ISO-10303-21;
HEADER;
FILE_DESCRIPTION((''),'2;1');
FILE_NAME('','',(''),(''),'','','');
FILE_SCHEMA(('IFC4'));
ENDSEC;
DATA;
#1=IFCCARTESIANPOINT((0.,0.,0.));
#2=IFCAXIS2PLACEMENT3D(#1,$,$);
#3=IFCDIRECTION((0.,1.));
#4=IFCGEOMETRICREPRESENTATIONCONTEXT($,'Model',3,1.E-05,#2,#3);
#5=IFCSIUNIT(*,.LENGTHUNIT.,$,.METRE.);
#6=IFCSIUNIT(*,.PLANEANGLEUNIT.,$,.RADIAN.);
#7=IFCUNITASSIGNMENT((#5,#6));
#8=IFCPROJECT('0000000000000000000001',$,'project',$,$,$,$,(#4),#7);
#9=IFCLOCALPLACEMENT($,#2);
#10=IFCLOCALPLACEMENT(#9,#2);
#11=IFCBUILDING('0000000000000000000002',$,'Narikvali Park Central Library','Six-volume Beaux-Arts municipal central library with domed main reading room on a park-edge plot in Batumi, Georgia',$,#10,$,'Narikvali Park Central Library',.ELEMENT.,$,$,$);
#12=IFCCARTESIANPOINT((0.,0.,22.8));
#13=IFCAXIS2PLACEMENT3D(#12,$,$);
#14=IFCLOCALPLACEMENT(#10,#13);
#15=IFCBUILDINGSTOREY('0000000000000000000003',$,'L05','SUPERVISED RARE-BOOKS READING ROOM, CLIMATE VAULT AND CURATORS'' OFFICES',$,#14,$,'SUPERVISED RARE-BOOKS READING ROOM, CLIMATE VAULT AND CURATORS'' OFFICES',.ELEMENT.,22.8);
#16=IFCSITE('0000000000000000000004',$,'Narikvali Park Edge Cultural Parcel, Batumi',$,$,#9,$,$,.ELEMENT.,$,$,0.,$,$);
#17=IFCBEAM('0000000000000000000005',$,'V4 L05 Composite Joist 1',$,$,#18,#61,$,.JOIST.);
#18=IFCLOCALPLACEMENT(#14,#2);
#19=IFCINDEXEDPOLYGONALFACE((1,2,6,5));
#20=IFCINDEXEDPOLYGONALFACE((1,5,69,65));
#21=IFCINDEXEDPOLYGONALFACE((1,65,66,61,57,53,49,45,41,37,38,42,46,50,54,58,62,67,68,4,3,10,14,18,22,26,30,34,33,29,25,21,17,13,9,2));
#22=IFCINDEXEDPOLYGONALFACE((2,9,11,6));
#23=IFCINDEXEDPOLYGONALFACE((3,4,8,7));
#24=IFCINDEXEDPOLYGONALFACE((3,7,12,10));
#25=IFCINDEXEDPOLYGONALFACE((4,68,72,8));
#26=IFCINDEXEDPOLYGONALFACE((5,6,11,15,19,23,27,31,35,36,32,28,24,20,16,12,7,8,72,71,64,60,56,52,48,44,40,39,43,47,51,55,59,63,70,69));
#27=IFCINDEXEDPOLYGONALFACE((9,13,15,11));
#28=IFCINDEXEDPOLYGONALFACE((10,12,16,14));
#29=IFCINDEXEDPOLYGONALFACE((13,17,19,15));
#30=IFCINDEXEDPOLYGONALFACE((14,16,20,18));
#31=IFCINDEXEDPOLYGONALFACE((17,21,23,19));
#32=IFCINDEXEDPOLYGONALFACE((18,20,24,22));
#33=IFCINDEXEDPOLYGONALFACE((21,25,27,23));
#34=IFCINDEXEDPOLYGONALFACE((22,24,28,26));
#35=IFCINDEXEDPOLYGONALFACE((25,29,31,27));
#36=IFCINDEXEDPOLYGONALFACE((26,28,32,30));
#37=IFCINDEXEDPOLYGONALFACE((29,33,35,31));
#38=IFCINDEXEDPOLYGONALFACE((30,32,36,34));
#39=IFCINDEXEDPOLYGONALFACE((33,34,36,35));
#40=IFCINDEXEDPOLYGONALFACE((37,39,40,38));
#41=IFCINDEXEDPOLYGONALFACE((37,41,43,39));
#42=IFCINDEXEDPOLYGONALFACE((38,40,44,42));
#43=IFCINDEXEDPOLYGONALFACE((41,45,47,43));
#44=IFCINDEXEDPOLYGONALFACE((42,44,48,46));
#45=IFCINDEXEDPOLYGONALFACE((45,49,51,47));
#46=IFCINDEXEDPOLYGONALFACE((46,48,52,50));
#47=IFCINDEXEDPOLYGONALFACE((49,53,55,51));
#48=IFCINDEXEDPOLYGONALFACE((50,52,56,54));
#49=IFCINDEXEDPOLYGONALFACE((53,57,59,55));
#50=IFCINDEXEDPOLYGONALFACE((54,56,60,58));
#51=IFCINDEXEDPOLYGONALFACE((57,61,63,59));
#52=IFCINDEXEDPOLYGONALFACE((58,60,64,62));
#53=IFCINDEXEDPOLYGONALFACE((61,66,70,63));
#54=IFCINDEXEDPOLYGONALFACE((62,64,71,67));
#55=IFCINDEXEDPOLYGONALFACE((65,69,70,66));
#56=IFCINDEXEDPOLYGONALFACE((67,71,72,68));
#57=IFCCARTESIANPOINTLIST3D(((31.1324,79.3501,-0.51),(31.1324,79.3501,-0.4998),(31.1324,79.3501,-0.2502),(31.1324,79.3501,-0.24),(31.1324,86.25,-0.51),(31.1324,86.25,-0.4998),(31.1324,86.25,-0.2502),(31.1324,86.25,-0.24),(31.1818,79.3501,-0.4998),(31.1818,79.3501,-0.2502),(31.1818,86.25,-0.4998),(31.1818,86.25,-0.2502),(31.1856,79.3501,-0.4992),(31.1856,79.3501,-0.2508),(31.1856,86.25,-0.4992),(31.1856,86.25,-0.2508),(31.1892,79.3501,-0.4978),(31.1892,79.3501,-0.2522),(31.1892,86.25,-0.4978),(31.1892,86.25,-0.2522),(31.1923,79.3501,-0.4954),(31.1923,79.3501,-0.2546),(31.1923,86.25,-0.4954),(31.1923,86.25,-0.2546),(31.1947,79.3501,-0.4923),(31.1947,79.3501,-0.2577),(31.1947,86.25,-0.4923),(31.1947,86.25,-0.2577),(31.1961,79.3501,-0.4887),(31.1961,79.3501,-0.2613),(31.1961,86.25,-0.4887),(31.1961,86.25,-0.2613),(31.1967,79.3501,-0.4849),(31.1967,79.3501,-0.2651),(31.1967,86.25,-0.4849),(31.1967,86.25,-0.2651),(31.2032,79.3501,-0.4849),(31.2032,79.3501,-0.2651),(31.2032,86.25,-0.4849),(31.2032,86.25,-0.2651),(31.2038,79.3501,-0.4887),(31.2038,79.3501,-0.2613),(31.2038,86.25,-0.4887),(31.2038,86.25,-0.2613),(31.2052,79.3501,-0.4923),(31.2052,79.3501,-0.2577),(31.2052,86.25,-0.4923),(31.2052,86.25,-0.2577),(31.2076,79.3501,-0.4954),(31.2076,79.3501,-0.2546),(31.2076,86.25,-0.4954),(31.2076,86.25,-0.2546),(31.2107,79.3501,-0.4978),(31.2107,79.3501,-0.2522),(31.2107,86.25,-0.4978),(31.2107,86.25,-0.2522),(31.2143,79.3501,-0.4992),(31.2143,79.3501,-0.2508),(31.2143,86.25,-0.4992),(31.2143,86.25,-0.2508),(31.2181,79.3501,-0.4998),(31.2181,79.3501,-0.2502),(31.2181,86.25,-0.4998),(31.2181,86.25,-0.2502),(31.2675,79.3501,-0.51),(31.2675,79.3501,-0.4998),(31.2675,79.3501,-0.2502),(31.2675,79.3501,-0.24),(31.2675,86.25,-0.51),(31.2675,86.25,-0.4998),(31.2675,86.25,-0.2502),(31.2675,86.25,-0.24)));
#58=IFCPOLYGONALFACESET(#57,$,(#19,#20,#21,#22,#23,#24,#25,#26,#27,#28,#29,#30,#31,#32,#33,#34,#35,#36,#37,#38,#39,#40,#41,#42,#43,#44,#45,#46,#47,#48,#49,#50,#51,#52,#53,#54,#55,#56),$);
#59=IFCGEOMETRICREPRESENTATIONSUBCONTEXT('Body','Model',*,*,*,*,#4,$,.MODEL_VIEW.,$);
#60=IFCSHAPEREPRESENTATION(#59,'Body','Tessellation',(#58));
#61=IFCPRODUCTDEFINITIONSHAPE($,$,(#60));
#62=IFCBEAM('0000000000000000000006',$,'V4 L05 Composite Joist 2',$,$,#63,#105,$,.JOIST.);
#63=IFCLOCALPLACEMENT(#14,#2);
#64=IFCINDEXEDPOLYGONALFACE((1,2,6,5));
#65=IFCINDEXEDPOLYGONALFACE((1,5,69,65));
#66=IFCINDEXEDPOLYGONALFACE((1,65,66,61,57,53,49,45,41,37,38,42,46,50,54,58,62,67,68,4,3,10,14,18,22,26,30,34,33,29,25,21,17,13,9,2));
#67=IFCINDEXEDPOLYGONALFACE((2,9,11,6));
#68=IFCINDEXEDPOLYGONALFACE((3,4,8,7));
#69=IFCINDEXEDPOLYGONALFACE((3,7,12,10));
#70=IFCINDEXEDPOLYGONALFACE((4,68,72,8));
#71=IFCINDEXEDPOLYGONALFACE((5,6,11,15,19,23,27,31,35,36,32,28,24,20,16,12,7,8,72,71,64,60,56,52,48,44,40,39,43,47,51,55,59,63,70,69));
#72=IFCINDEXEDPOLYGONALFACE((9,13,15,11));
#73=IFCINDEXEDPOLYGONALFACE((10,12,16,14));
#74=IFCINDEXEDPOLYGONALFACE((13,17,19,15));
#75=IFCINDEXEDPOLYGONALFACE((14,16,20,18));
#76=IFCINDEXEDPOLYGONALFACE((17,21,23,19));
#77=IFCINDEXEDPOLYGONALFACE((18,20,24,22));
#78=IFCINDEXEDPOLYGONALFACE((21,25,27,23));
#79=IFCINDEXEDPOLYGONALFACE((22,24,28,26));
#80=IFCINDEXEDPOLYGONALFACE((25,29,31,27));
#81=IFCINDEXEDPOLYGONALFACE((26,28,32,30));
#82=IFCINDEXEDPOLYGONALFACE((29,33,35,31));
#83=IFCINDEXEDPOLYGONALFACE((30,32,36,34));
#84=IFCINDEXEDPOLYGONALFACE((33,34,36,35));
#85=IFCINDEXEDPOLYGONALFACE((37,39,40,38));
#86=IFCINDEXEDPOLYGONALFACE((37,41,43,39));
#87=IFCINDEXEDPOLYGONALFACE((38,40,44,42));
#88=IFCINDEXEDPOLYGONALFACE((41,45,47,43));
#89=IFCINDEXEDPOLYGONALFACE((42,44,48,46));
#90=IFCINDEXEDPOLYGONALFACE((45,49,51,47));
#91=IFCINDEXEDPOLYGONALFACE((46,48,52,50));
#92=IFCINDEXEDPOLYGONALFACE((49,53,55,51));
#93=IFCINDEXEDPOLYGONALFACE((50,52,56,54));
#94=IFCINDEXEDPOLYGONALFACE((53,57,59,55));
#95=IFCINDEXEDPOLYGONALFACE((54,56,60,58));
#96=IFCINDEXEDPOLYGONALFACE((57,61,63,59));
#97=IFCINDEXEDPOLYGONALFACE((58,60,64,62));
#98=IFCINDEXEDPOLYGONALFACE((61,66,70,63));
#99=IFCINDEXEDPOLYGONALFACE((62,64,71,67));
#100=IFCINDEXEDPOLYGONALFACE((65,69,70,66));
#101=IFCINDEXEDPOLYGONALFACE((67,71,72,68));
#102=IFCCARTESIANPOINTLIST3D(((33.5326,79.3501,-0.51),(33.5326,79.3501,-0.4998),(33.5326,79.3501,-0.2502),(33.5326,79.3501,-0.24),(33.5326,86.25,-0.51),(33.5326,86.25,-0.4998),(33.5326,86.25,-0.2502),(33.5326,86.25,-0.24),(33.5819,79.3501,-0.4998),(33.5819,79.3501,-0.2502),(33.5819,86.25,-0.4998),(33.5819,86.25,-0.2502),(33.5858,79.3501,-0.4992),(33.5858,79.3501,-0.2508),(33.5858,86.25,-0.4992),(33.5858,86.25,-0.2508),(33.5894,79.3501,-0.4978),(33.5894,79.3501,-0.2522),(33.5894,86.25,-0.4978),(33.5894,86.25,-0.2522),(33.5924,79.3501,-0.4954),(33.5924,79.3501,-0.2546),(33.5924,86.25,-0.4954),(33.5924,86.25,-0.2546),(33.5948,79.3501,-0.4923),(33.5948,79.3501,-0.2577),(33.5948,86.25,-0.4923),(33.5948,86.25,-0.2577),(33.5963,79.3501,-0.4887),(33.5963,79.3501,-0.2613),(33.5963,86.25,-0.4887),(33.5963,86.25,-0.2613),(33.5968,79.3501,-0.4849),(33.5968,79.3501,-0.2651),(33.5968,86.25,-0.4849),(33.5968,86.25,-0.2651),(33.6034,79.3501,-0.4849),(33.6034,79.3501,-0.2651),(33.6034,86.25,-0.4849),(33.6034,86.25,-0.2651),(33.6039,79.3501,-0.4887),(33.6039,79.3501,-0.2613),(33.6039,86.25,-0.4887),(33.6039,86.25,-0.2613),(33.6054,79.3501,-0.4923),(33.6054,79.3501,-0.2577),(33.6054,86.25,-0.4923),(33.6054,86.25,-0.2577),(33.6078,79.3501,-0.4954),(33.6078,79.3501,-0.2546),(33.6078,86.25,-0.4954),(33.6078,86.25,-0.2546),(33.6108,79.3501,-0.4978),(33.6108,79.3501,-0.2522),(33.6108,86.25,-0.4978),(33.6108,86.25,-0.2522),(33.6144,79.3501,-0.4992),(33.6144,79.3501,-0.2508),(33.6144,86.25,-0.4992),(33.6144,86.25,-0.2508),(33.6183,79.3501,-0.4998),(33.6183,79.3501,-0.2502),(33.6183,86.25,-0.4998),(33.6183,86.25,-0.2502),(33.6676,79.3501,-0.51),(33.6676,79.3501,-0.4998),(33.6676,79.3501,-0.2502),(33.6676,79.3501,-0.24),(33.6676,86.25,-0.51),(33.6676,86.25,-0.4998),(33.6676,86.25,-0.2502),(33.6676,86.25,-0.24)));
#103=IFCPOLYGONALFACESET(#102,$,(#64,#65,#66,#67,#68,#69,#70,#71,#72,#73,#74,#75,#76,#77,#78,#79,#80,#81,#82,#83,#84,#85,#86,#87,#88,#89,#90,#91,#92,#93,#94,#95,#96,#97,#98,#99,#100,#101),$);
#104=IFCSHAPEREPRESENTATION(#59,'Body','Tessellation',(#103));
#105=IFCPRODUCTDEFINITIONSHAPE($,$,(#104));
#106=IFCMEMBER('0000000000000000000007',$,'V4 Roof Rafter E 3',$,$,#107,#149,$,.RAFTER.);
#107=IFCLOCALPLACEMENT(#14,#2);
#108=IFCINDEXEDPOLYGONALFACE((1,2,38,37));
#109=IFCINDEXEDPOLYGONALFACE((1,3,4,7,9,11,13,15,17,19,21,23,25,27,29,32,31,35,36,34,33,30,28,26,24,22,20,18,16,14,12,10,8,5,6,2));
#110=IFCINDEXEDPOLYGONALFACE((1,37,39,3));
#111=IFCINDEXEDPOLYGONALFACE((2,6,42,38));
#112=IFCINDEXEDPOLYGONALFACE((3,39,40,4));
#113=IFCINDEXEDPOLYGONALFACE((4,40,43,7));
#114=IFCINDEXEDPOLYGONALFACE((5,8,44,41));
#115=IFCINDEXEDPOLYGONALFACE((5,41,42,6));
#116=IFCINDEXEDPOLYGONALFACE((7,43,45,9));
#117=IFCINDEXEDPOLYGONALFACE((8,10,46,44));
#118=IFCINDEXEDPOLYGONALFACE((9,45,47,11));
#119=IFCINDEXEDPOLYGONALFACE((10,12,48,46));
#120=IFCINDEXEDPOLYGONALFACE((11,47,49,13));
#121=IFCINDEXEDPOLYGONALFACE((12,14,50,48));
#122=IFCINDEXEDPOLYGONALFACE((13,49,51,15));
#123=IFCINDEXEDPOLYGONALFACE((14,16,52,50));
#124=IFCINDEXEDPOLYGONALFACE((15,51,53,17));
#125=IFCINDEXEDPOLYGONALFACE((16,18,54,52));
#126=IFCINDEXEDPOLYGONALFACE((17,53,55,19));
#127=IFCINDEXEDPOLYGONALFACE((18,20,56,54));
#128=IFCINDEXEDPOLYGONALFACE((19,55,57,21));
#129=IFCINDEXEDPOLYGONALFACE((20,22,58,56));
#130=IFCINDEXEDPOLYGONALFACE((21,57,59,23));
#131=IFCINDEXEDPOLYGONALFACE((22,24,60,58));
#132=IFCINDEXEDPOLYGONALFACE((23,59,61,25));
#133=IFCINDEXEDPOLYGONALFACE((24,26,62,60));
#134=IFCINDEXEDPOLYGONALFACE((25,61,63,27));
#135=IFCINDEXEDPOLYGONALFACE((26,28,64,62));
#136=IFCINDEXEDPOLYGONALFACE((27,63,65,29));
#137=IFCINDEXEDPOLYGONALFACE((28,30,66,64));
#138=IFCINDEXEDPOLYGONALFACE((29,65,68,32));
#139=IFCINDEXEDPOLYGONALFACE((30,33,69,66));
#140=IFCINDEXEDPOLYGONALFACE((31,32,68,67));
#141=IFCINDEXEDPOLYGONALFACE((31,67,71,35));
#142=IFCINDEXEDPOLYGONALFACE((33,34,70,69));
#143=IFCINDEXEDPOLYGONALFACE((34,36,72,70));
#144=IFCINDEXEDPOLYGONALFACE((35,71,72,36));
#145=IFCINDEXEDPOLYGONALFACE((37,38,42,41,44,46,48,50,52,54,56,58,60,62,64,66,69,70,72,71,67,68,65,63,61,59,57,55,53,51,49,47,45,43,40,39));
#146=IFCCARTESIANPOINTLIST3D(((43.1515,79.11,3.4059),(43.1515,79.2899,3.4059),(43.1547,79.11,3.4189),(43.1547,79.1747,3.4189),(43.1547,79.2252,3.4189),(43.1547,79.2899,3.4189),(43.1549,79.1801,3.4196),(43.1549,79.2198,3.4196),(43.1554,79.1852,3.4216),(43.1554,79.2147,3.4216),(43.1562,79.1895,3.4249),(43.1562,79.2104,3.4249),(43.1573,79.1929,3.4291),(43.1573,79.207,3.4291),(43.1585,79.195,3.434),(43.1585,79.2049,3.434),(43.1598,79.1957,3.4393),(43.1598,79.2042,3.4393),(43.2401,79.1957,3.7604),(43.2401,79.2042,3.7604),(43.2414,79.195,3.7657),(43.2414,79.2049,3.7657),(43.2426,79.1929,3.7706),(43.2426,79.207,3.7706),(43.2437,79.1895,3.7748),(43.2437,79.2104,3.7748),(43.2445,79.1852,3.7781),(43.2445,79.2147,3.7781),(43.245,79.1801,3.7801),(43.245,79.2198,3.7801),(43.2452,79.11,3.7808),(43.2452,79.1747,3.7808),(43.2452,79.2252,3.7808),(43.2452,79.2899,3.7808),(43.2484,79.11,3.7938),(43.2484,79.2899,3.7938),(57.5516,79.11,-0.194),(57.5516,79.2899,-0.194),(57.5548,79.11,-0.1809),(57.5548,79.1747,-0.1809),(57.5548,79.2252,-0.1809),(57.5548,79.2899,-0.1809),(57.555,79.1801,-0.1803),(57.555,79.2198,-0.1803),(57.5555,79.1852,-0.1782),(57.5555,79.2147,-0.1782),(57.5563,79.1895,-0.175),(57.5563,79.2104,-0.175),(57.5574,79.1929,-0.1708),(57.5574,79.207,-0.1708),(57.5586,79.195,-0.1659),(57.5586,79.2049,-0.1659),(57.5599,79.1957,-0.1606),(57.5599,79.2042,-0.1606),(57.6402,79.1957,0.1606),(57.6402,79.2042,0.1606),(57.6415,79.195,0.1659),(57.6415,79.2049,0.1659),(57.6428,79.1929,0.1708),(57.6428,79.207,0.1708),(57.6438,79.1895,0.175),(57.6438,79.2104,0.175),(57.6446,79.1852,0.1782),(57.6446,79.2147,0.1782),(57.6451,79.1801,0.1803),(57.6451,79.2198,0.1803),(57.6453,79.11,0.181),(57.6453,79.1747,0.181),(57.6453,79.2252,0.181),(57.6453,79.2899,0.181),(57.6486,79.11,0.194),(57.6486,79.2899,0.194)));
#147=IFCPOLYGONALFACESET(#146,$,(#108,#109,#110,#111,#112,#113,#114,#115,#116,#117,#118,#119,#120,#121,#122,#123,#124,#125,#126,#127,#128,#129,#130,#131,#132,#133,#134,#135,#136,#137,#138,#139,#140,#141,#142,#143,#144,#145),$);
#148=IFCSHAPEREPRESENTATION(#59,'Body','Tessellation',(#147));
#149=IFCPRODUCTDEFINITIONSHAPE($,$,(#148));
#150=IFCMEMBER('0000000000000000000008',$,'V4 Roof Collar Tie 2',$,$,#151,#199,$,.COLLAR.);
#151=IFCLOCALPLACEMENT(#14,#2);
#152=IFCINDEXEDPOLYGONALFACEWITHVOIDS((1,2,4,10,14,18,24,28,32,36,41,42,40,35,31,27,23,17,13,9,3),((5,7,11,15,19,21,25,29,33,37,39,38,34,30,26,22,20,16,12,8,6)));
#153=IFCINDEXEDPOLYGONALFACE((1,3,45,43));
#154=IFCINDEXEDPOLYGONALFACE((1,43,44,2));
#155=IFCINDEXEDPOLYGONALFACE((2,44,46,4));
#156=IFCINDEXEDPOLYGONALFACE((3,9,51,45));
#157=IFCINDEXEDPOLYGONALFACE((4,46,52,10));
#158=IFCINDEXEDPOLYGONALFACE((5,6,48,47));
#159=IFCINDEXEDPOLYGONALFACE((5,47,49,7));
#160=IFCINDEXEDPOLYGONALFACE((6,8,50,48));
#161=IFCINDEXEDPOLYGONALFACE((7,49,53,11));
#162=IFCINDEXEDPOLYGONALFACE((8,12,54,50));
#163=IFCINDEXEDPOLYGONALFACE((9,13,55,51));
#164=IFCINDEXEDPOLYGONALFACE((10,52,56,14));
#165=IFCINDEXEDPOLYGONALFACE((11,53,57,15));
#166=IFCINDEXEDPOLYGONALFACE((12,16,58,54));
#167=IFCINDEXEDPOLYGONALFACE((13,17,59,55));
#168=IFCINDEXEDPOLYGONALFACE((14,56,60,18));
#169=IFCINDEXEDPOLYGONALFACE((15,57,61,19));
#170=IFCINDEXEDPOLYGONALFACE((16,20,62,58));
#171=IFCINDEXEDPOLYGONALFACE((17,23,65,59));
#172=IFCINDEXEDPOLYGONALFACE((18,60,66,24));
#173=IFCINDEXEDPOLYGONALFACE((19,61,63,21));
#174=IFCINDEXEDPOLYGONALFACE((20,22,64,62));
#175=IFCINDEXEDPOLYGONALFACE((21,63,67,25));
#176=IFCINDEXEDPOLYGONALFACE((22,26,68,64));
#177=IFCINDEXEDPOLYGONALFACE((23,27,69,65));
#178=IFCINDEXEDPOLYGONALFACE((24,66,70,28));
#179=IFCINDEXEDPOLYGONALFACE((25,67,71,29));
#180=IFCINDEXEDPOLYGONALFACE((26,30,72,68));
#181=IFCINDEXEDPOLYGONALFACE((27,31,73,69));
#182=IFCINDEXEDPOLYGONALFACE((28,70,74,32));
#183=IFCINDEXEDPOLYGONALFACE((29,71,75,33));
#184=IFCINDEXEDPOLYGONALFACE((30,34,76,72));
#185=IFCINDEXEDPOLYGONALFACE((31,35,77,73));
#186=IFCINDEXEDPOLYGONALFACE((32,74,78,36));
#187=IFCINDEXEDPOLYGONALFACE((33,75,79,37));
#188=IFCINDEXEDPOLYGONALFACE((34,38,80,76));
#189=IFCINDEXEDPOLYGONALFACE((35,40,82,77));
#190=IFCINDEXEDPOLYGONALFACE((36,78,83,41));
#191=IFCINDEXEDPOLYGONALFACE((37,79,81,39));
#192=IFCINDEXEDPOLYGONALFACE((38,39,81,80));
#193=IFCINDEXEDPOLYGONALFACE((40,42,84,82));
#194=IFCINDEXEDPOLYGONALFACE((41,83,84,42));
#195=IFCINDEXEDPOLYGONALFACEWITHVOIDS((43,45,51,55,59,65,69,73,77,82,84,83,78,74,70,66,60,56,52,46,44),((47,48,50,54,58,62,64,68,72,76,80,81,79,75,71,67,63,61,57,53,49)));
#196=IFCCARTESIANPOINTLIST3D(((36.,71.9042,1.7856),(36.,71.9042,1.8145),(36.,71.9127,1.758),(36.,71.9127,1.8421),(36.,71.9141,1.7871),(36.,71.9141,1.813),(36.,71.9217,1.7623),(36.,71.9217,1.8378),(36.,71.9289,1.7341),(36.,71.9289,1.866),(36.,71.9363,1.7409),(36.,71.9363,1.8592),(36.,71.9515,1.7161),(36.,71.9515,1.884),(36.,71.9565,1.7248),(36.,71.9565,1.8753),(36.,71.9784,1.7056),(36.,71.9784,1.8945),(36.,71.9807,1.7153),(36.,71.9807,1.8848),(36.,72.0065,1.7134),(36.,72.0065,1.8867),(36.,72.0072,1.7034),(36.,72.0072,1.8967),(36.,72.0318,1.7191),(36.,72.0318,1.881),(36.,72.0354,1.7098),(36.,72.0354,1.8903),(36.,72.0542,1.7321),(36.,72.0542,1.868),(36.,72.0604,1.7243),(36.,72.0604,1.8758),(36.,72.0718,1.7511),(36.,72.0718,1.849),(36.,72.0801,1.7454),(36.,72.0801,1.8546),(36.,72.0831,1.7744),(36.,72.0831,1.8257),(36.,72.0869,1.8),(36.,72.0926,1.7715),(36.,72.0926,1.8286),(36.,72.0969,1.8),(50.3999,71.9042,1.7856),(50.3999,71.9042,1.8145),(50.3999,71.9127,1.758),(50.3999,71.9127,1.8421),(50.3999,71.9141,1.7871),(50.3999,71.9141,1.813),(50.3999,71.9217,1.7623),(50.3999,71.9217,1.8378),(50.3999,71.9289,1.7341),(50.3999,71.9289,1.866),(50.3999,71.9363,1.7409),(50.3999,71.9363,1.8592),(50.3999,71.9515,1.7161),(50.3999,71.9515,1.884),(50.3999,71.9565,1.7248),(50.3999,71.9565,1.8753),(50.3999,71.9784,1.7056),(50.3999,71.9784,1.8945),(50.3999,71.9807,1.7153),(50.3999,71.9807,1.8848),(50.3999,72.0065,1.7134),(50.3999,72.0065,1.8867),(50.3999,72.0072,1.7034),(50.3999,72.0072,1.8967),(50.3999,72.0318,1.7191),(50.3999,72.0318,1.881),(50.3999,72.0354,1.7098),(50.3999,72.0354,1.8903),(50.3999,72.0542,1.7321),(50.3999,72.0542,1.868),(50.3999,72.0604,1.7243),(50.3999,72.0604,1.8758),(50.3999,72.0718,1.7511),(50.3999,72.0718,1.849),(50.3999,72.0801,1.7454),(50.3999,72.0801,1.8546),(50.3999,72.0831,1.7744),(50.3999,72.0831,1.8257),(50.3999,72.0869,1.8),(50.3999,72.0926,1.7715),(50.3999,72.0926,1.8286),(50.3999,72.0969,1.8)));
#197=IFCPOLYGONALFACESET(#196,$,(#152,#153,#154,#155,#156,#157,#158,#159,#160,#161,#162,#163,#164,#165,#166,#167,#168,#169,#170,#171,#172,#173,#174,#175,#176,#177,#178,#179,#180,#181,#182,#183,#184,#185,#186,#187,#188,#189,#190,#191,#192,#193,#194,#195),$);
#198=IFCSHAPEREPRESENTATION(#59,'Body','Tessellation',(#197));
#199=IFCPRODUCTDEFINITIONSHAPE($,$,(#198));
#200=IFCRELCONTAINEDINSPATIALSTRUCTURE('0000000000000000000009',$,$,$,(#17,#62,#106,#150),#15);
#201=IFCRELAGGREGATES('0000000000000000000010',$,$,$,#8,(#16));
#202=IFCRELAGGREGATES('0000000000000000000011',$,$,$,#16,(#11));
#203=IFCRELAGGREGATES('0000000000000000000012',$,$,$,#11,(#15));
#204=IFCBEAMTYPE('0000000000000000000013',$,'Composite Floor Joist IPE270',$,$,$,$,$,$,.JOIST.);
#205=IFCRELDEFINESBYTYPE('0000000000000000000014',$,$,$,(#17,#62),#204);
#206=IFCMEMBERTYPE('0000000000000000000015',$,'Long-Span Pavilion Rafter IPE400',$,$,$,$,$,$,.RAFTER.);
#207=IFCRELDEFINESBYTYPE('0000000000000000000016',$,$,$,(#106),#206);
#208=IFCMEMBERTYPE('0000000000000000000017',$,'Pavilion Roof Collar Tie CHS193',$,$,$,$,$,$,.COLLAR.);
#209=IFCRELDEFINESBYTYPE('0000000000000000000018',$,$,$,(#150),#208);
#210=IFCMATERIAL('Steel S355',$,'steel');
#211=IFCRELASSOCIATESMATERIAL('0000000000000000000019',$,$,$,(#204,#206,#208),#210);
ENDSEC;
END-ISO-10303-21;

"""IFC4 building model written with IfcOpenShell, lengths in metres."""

from ifc_helpers import new_model, si_unit, direction, frame, origin, origin_2d, place, context, subcontext, project, spatial, hollow_circle, i_section, extrude, material, material_profile, profile_set, type_object, element, save


model = new_model("IFC4")

# Units and contexts
model_context = context("Model", 3, precision=1e-05, world=origin(), true_north=direction((0.0, 1.0)))
body_context = subcontext(model_context, "Body", "Model", "MODEL_VIEW")
ifc_project = project(units=[si_unit("LENGTHUNIT", "METRE"), si_unit("PLANEANGLEUNIT", "RADIAN")], contexts=[model_context])

# Site, building, storey
site_placement = place(None, origin())
site = spatial("IfcSite", under=ifc_project, at=site_placement, Name="Narikvali Park Edge Cultural Parcel, Batumi", CompositionType="ELEMENT", RefElevation=0.0)
building_placement = place(site_placement, origin())
building = spatial("IfcBuilding", under=site, at=building_placement, Name="Narikvali Park Central Library", Description="Six-volume Beaux-Arts municipal central library with domed main reading room on a park-edge plot in Batumi, Georgia", LongName="Narikvali Park Central Library", CompositionType="ELEMENT")
storey_placement = place(building_placement, frame((0.0, 0.0, 22.8)))
storey = spatial("IfcBuildingStorey", under=building, at=storey_placement, Name="L05", Description="SUPERVISED RARE-BOOKS READING ROOM, CLIMATE VAULT AND CURATORS' OFFICES", LongName="SUPERVISED RARE-BOOKS READING ROOM, CLIMATE VAULT AND CURATORS' OFFICES", CompositionType="ELEMENT", Elevation=22.8)

# Shared definitions
ifc_material = material(Name="Steel S355", Category="steel")

# Beams
ifc_material_profile_1 = material_profile(ifc_material, i_section(OverallWidth=0.135, OverallDepth=0.27, WebThickness=0.0066, FlangeThickness=0.0103, FilletRadius=0.0149, at=origin_2d()), Name="IPE 270")
ifc_profile_set_1 = profile_set([ifc_material_profile_1], Name="Steel S355")
beam_type_1 = type_object("IfcBeamType", Name="Composite Floor Joist IPE270", PredefinedType="JOIST", material=ifc_profile_set_1)
for number, where, z_axis, x_axis, name in (
    (1, (31.2, 79.3501, -0.375), (0.0, 1.0, 0.0), (-1.0, 0.0, 0.0), "V4 L05 Composite Joist 1"),
    (2, (33.6001, 79.3501, -0.375), (0.0, 1.0, 0.0), (-1.0, 0.0, 0.0), "V4 L05 Composite Joist 2"),
):
    element("IfcBeam", number, at=place(storey_placement, frame(where, z_axis=z_axis, x_axis=x_axis)), inside=storey, type_object=beam_type_1, Name=name, PredefinedType="JOIST", context=body_context, shape_type="SweptSolid", body=[
        extrude(i_section(OverallWidth=0.135, OverallDepth=0.27, WebThickness=0.0066, FlangeThickness=0.0103, FilletRadius=0.0149, at=origin_2d()), origin(), (0.0, 0.0, 1.0), 6.8999),
    ])

# Members
ifc_material_profile_2 = material_profile(ifc_material, i_section(OverallWidth=0.1799, OverallDepth=0.3999, WebThickness=0.0085, FlangeThickness=0.0134, FilletRadius=0.021, at=origin_2d()), Name="IPE 400")
ifc_profile_set_2 = profile_set([ifc_material_profile_2], Name="Steel S355")
member_type_1 = type_object("IfcMemberType", Name="Long-Span Pavilion Rafter IPE400", PredefinedType="RAFTER", material=ifc_profile_set_2)
member_1_placement = place(storey_placement, frame((43.2, 79.2, 3.5999), z_axis=(0.970145, 0.0, -0.242524), x_axis=(0.0, 1.0, 0.0)))
element("IfcMember", 3, at=member_1_placement, inside=storey, type_object=member_type_1, Name="V4 Roof Rafter E 3", PredefinedType="RAFTER", context=body_context, shape_type="SweptSolid", body=[
    extrude(i_section(OverallWidth=0.1799, OverallDepth=0.3999, WebThickness=0.0085, FlangeThickness=0.0134, FilletRadius=0.021, at=origin_2d()), origin(), (0.0, 0.0, 1.0), 14.8433),
])
ifc_material_profile_3 = material_profile(ifc_material, hollow_circle(Radius=0.0969, WallThickness=0.01, at=origin_2d()), Name="CHS 193.7x10")
ifc_profile_set_3 = profile_set([ifc_material_profile_3], Name="Steel S355")
member_type_2 = type_object("IfcMemberType", Name="Pavilion Roof Collar Tie CHS193", PredefinedType="COLLAR", material=ifc_profile_set_3)
for number, where, z_axis, x_axis, name in (
    (4, (36.0, 72.0, 1.8), (1.0, 0.0, 0.0), (0.0, 1.0, 0.0), "V4 Roof Collar Tie 2"),
):
    element("IfcMember", number, at=place(storey_placement, frame(where, z_axis=z_axis, x_axis=x_axis)), inside=storey, type_object=member_type_2, Name=name, PredefinedType="COLLAR", context=body_context, shape_type="SweptSolid", body=[
        extrude(hollow_circle(Radius=0.0969, WallThickness=0.01, at=origin_2d()), origin(), (0.0, 0.0, 1.0), 14.3999),
    ])

save(model, "model.ifc")
